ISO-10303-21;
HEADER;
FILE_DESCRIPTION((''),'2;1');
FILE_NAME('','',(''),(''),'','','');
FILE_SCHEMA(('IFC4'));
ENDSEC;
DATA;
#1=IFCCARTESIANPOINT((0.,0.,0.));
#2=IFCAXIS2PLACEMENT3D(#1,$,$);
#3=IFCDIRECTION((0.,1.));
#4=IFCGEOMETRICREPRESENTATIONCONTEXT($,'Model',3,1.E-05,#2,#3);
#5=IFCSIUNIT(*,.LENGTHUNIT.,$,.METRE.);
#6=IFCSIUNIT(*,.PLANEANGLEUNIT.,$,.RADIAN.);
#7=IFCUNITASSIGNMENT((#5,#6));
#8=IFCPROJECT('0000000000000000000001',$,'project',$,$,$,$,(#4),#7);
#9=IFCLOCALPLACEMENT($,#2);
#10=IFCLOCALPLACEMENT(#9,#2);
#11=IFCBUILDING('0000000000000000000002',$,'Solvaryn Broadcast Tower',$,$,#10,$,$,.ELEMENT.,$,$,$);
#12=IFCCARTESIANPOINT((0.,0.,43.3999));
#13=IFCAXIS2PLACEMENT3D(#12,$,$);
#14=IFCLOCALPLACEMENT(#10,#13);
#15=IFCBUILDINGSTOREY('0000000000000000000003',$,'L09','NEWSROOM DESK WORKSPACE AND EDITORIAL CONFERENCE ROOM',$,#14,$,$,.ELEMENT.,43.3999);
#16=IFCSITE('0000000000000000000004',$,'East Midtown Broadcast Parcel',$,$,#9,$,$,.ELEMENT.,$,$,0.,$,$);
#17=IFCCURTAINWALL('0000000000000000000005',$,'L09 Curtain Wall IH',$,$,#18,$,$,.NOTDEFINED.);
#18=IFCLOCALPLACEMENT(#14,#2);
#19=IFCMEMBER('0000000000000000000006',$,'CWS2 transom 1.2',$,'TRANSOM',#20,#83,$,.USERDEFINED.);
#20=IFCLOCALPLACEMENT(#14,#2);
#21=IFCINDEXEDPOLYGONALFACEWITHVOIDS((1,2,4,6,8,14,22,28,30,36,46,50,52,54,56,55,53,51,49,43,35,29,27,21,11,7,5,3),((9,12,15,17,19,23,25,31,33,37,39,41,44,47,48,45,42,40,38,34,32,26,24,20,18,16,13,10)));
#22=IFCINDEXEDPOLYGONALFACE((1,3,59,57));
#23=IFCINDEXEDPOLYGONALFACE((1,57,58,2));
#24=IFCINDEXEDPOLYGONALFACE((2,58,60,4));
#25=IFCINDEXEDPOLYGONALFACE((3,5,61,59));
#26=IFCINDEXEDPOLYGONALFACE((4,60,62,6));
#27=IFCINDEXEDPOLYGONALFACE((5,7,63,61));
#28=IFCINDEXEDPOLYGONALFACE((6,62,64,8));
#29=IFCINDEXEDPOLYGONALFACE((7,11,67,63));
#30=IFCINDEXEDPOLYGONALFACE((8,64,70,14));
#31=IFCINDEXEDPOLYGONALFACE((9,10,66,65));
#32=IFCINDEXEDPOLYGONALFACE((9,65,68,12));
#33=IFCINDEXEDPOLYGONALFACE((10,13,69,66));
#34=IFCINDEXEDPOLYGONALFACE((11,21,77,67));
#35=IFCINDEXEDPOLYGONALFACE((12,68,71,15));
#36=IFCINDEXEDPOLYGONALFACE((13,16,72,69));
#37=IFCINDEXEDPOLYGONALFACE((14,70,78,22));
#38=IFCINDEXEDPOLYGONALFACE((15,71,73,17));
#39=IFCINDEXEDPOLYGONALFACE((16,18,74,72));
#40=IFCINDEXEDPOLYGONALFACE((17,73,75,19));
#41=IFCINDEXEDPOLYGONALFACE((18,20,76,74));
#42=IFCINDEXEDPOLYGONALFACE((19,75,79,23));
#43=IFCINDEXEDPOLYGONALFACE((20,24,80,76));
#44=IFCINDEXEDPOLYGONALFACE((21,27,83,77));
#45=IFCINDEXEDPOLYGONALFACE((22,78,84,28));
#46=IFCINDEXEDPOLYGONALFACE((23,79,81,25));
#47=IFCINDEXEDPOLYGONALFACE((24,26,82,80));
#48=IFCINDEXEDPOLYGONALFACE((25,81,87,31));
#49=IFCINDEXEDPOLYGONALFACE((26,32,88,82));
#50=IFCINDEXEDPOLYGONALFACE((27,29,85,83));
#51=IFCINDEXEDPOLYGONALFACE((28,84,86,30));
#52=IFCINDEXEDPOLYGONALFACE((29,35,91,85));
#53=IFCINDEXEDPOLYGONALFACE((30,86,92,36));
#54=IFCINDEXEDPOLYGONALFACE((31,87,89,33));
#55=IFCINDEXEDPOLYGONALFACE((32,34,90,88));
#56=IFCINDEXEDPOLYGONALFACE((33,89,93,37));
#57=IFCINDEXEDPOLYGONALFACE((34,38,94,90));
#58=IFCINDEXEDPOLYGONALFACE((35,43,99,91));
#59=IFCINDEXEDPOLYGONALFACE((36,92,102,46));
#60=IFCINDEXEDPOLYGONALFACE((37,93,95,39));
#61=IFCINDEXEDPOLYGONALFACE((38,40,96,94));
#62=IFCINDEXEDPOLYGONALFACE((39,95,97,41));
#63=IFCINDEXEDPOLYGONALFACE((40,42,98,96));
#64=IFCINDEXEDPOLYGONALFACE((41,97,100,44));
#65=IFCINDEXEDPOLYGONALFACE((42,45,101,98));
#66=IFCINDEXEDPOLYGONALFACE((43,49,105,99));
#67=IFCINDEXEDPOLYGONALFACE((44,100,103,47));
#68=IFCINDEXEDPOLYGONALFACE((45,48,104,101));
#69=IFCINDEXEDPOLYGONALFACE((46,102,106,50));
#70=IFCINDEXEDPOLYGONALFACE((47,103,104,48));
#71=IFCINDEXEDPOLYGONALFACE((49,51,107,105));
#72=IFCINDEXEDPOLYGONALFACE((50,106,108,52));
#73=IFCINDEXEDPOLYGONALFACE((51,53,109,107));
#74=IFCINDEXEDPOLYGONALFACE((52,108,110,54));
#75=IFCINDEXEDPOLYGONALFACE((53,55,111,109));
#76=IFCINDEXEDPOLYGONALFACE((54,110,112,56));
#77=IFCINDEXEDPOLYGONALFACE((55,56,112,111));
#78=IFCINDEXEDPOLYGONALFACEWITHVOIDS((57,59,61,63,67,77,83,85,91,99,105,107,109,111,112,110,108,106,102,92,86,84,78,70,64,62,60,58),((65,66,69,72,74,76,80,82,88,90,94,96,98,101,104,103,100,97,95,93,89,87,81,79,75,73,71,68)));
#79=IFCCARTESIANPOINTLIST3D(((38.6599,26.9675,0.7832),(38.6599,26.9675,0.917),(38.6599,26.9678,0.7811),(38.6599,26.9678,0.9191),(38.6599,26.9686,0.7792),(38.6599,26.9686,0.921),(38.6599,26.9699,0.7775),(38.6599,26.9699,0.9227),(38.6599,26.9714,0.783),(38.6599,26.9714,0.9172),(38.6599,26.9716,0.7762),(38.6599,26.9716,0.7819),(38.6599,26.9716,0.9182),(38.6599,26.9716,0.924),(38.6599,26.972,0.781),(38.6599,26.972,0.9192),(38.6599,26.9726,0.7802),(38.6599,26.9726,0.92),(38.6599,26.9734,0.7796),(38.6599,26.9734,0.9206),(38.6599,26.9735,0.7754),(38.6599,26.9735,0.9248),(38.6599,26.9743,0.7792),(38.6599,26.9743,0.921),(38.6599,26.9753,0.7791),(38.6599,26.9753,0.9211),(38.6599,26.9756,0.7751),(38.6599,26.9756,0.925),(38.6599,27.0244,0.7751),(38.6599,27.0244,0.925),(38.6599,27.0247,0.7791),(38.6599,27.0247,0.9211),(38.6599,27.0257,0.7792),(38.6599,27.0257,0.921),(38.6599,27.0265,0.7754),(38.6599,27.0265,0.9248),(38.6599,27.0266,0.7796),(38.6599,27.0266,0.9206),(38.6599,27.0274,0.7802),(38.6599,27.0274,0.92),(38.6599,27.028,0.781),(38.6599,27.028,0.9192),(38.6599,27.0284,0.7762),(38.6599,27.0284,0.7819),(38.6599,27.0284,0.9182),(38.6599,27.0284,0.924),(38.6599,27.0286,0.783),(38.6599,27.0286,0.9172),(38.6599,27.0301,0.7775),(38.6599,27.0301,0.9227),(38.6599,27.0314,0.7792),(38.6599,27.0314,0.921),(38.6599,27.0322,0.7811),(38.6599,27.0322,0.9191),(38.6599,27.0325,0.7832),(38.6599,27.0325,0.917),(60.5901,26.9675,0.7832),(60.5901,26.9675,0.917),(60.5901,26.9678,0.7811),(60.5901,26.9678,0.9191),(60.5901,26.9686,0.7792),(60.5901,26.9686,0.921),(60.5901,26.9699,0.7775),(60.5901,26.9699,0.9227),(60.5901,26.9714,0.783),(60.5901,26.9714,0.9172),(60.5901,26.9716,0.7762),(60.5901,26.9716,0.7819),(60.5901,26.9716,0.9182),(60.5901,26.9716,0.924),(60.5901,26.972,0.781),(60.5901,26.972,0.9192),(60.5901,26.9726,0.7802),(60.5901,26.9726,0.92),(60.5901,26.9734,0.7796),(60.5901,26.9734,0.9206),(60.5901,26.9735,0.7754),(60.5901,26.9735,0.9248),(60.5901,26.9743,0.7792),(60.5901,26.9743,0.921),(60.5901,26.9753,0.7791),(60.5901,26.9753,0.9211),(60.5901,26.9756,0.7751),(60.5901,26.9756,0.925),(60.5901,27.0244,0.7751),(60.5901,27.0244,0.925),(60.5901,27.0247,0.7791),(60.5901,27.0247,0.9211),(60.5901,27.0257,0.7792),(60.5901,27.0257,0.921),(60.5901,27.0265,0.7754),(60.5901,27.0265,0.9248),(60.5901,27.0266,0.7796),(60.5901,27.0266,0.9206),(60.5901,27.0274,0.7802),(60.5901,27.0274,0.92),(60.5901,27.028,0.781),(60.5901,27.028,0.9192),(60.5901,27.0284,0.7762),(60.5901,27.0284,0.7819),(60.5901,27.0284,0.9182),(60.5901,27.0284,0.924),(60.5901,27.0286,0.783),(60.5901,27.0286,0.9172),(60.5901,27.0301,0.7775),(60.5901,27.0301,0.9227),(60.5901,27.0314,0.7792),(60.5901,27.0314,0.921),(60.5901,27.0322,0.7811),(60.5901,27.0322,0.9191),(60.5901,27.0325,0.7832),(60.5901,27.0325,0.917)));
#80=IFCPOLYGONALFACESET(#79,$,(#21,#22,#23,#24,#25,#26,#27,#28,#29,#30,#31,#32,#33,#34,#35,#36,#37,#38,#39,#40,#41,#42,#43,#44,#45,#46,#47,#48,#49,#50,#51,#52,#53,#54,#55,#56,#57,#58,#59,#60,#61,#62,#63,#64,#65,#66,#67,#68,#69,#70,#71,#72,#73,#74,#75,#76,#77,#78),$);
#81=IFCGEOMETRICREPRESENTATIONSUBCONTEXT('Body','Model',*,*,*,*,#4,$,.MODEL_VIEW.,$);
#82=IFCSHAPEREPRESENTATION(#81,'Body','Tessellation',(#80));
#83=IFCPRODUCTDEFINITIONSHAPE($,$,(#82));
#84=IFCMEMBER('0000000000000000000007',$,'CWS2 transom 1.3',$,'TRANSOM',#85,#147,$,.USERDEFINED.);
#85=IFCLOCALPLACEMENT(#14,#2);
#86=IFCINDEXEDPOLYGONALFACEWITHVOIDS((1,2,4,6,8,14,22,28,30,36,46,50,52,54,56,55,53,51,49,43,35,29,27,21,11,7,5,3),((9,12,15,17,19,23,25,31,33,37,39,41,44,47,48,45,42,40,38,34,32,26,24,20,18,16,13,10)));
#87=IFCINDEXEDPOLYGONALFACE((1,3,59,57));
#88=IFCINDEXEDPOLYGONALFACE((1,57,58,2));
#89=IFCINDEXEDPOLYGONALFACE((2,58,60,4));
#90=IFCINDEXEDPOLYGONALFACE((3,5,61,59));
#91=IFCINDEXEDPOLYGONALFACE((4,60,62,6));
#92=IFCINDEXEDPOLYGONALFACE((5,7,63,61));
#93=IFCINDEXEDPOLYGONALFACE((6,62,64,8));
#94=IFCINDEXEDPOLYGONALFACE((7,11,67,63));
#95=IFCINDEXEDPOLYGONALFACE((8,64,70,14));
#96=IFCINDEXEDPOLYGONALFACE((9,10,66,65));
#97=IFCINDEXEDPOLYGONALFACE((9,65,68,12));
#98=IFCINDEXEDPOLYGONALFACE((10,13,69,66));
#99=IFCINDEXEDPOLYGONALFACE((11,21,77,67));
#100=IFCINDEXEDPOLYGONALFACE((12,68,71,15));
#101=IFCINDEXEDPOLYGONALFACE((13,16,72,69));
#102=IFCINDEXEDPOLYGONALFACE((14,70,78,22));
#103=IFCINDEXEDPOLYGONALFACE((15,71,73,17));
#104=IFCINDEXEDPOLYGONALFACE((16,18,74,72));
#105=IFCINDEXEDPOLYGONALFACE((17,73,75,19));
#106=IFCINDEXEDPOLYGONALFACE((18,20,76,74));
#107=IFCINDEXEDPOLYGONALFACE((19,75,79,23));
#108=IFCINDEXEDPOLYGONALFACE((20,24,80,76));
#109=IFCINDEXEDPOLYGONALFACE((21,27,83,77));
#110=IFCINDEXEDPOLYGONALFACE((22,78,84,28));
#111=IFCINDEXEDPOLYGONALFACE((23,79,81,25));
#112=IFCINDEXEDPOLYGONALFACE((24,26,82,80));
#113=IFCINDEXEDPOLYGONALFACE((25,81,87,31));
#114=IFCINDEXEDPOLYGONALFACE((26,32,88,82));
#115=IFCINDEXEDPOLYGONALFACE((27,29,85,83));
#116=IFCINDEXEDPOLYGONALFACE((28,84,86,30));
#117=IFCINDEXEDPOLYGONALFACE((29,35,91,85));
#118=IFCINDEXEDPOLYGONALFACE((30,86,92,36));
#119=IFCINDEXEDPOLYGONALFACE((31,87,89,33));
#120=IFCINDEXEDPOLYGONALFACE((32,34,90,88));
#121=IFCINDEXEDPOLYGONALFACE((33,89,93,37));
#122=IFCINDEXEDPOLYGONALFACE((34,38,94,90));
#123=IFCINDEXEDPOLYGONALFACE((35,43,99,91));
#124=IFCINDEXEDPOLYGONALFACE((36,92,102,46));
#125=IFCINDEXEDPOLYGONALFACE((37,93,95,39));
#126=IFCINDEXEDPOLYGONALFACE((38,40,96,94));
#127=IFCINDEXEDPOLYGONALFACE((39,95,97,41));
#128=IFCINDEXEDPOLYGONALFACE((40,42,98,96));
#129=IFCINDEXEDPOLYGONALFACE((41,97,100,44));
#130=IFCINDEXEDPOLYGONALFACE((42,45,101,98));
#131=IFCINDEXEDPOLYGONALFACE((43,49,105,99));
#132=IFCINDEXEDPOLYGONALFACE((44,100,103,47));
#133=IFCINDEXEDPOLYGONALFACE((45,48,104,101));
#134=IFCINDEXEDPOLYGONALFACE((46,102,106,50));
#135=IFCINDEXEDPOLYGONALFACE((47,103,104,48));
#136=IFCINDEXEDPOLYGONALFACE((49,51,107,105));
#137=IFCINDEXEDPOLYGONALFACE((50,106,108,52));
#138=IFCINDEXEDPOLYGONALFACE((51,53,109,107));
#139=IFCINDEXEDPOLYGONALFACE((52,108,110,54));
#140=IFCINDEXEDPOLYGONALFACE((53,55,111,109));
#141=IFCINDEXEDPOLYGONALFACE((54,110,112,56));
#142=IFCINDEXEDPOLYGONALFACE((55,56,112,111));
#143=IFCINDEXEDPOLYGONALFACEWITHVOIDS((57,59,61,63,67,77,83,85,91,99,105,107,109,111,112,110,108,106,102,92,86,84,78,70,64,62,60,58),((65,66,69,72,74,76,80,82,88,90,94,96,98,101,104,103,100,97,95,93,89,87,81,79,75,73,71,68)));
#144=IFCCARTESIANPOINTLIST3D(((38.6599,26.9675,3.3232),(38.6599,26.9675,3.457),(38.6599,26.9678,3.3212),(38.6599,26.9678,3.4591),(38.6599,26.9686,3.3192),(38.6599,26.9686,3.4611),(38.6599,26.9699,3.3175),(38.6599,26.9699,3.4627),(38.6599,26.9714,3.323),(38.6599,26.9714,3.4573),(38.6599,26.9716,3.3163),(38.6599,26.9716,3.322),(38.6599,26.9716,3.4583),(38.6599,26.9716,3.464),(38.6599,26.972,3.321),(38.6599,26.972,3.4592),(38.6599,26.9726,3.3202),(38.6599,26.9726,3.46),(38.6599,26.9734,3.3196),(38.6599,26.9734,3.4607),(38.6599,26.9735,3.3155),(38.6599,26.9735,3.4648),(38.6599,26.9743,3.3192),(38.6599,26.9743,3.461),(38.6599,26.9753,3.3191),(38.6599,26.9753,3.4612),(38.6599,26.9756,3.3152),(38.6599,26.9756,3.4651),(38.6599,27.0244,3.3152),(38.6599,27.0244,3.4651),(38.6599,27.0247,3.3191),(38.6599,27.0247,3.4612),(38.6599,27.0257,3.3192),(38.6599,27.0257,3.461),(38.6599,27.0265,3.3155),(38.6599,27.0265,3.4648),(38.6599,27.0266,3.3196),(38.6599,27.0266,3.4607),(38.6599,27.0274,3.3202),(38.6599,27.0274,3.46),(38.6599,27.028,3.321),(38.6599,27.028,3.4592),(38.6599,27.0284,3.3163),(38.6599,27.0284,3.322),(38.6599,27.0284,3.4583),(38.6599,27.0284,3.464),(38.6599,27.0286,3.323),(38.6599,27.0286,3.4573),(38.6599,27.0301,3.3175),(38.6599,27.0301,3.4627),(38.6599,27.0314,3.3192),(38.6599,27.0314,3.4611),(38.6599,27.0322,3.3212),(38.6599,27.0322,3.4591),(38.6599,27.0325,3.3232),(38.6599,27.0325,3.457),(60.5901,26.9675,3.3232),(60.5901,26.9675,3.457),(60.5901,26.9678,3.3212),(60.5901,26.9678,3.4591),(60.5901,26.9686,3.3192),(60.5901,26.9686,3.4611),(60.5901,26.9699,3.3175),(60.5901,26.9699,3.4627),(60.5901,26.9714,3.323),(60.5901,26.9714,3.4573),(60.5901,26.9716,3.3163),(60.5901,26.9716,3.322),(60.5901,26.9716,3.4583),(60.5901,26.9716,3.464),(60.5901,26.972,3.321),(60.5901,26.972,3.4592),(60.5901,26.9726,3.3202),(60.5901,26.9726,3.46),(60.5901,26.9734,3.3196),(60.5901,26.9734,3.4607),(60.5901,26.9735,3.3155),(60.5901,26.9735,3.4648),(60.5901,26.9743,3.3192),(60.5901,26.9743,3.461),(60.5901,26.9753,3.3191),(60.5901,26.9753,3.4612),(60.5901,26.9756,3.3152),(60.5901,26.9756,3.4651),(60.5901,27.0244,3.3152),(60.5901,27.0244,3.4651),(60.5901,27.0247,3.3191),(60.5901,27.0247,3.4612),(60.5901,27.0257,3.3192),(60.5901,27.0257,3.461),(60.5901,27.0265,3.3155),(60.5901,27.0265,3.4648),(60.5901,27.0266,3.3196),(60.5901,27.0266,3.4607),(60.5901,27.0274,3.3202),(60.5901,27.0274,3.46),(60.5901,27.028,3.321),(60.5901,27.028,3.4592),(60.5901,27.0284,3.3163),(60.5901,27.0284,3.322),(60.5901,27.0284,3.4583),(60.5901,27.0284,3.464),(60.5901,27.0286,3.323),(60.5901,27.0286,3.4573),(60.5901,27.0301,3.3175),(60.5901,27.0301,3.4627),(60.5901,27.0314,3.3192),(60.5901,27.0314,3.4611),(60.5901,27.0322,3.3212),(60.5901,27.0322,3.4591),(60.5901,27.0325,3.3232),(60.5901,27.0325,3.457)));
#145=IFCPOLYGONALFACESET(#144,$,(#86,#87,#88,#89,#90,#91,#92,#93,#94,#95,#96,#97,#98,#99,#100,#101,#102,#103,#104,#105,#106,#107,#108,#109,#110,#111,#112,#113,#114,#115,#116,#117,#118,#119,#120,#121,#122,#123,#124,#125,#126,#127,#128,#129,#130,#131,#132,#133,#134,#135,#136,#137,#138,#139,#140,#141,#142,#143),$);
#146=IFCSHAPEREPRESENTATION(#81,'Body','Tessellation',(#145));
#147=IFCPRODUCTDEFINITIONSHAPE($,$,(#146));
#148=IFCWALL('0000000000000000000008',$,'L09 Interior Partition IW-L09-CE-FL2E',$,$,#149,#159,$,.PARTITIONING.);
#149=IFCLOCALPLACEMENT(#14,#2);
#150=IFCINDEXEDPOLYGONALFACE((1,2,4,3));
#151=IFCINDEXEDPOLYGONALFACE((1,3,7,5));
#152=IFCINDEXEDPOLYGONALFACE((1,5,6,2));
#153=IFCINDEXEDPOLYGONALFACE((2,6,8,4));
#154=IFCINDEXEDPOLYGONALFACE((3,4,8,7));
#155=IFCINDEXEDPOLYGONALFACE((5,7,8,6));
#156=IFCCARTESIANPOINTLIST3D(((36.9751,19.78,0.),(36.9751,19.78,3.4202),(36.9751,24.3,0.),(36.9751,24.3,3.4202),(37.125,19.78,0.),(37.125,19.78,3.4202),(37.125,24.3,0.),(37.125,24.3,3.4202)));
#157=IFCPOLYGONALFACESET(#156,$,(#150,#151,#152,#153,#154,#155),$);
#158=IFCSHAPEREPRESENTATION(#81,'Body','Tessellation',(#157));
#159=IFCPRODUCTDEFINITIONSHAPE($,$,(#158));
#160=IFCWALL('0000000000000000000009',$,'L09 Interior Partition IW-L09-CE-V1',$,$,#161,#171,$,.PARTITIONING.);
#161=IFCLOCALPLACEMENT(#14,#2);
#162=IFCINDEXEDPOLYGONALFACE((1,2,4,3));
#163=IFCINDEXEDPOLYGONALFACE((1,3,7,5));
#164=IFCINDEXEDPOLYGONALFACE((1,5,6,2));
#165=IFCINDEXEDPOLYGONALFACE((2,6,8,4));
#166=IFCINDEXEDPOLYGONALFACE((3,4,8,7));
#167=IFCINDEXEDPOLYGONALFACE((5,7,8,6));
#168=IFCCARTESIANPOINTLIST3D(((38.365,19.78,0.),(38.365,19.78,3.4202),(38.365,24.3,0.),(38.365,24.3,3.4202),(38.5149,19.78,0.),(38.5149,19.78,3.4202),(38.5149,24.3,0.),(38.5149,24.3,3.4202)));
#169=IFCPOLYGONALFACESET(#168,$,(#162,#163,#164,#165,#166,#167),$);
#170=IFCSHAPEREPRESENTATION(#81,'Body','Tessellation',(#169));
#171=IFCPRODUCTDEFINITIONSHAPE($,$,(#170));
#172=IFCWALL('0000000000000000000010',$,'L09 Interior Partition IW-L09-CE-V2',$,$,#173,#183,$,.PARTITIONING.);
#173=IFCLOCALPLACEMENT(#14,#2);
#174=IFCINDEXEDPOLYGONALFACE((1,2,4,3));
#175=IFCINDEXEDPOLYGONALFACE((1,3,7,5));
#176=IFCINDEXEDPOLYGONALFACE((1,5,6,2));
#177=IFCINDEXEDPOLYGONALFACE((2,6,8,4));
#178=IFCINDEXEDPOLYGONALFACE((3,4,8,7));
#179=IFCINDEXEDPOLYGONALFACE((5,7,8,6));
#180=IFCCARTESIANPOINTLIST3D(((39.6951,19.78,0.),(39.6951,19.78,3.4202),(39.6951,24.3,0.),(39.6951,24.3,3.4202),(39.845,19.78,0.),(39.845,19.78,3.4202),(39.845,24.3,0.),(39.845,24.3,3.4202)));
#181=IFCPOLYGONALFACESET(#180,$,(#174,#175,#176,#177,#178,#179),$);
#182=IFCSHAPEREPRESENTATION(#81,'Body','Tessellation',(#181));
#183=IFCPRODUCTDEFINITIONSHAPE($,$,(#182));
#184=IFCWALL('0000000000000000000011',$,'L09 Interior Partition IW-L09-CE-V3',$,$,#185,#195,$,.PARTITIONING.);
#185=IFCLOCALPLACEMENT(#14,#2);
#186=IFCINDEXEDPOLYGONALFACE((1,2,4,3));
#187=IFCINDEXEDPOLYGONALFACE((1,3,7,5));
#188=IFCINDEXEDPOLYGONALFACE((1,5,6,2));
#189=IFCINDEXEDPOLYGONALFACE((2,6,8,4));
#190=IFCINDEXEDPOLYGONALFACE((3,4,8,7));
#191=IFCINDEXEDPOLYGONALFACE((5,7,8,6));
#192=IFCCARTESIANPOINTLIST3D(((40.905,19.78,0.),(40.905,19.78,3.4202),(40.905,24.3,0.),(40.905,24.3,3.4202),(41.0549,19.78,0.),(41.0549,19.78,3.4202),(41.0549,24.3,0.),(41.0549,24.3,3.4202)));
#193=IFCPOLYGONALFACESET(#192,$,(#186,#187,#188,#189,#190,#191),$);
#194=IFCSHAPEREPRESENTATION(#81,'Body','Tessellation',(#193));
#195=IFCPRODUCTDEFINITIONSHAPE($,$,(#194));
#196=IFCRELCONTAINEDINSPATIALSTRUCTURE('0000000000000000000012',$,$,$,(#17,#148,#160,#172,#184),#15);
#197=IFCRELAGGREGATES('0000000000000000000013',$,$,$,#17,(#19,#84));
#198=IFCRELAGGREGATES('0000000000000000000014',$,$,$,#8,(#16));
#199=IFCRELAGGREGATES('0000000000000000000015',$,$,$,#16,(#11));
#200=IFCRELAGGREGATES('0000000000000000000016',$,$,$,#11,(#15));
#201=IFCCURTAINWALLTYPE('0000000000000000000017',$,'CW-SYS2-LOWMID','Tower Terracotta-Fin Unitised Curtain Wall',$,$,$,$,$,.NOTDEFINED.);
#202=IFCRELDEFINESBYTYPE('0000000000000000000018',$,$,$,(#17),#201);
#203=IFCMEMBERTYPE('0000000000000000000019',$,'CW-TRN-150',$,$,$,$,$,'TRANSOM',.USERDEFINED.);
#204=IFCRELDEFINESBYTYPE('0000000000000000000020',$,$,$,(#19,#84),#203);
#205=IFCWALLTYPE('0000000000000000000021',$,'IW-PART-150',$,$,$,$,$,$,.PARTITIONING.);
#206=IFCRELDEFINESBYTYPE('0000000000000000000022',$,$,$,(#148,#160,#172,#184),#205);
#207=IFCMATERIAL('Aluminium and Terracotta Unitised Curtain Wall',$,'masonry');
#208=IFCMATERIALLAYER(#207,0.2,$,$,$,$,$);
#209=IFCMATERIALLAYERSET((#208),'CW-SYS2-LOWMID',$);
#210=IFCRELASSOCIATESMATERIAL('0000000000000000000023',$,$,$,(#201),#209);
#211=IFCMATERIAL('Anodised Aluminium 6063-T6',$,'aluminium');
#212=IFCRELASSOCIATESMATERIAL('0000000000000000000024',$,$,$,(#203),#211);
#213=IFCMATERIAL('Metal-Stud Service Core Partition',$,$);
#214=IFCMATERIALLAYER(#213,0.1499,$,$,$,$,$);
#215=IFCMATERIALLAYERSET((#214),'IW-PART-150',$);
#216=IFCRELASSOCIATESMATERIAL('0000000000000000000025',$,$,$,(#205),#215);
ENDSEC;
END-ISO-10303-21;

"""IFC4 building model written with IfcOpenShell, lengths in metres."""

from ifc_helpers import new_model, si_unit, direction, frame, frame_2d, origin, origin_2d, place, context, subcontext, project, spatial, rectangle, hollow_rectangle, extrude, material, layer, layer_set, material_profile, profile_set, type_object, element, aggregate, save


model = new_model("IFC4")

# Units and contexts
model_context = context("Model", 3, precision=1e-05, world=origin(), true_north=direction((0.0, 1.0)))
body_context = subcontext(model_context, "Body", "Model", "MODEL_VIEW")
ifc_project = project(units=[si_unit("LENGTHUNIT", "METRE"), si_unit("PLANEANGLEUNIT", "RADIAN")], contexts=[model_context])

# Site, building, storey
site_placement = place(None, origin())
site = spatial("IfcSite", under=ifc_project, at=site_placement, Name="East Midtown Broadcast Parcel", CompositionType="ELEMENT", RefElevation=0.0)
building_placement = place(site_placement, origin())
building = spatial("IfcBuilding", under=site, at=building_placement, Name="Solvaryn Broadcast Tower", CompositionType="ELEMENT")
storey_placement = place(building_placement, frame((0.0, 0.0, 43.3999)))
storey = spatial("IfcBuildingStorey", under=building, at=storey_placement, Name="L09", Description="NEWSROOM DESK WORKSPACE AND EDITORIAL CONFERENCE ROOM", CompositionType="ELEMENT", Elevation=43.3999)

# Curtain wall
ifc_material_1 = material(Name="Aluminium and Terracotta Unitised Curtain Wall", Category="masonry")
ifc_layer_1 = layer(ifc_material_1, 0.2)
ifc_layer_set_1 = layer_set([ifc_layer_1], Name="CW-SYS2-LOWMID")
curtain_wall_type = type_object("IfcCurtainWallType", Name="CW-SYS2-LOWMID", Description="Tower Terracotta-Fin Unitised Curtain Wall", PredefinedType="NOTDEFINED", material=ifc_layer_set_1)
curtain_wall_1_placement = place(storey_placement, origin())
curtain_wall_1 = element("IfcCurtainWall", 1, at=curtain_wall_1_placement, inside=storey, type_object=curtain_wall_type, Name="L09 Curtain Wall IH", PredefinedType="NOTDEFINED")

# Members
ifc_material_2 = material(Name="Anodised Aluminium 6063-T6", Category="aluminium")
ifc_material_profile_1 = material_profile(ifc_material_2, hollow_rectangle(XDim=0.0649, YDim=0.1499, WallThickness=0.0039, InnerFilletRadius=0.0039, OuterFilletRadius=0.0081, at=origin_2d()))
ifc_profile_set_1 = profile_set([ifc_material_profile_1], Name="Anodised Aluminium 6063-T6")
member_type_1 = type_object("IfcMemberType", Name="CW-TRN-150", ElementType="TRANSOM", PredefinedType="USERDEFINED", material=ifc_profile_set_1)
member_1_placement = place(storey_placement, frame((38.6599, 27.0, 0.8501), z_axis=(1.0, 0.0, 0.0), x_axis=(0.0, 1.0, 0.0)))
member_1 = element("IfcMember", 2, at=member_1_placement, type_object=member_type_1, Name="CWS2 transom 1.2", ObjectType="TRANSOM", PredefinedType="USERDEFINED", context=body_context, shape_type="SweptSolid", body=[
    extrude(hollow_rectangle(XDim=0.0649, YDim=0.1499, WallThickness=0.0039, InnerFilletRadius=0.0039, OuterFilletRadius=0.0081, at=origin_2d()), origin(), (0.0, 0.0, 1.0), 21.9302),
])
member_2_placement = place(storey_placement, frame((38.6599, 27.0, 3.3901), z_axis=(1.0, 0.0, 0.0), x_axis=(0.0, 1.0, 0.0)))
member_2 = element("IfcMember", 3, at=member_2_placement, type_object=member_type_1, Name="CWS2 transom 1.3", ObjectType="TRANSOM", PredefinedType="USERDEFINED", context=body_context, shape_type="SweptSolid", body=[
    extrude(hollow_rectangle(XDim=0.0649, YDim=0.1499, WallThickness=0.0039, InnerFilletRadius=0.0039, OuterFilletRadius=0.0081, at=origin_2d()), origin(), (0.0, 0.0, 1.0), 21.9302),
])
aggregate(curtain_wall_1, [member_1, member_2])

# Walls
ifc_material_3 = material(Name="Metal-Stud Service Core Partition")
ifc_layer_2 = layer(ifc_material_3, 0.1499)
ifc_layer_set_2 = layer_set([ifc_layer_2], Name="IW-PART-150")
wall_type_1 = type_object("IfcWallType", Name="IW-PART-150", PredefinedType="PARTITIONING", material=ifc_layer_set_2)
for number, where, z_axis, x_axis, name in (
    (4, (37.05, 19.78, 0.0), (0.0, 0.0, 1.0), (0.0, 1.0, 0.0), "L09 Interior Partition IW-L09-CE-FL2E"),
    (5, (38.4399, 19.78, 0.0), (0.0, 0.0, 1.0), (0.0, 1.0, 0.0), "L09 Interior Partition IW-L09-CE-V1"),
    (6, (39.77, 19.78, 0.0), (0.0, 0.0, 1.0), (0.0, 1.0, 0.0), "L09 Interior Partition IW-L09-CE-V2"),
    (7, (40.98, 19.78, 0.0), (0.0, 0.0, 1.0), (0.0, 1.0, 0.0), "L09 Interior Partition IW-L09-CE-V3"),
):
    element("IfcWall", number, at=place(storey_placement, frame(where, z_axis=z_axis, x_axis=x_axis)), inside=storey, type_object=wall_type_1, Name=name, PredefinedType="PARTITIONING", context=body_context, shape_type="SweptSolid", body=[
        extrude(rectangle(XDim=4.52, YDim=0.1499, at=frame_2d((2.26, 0.0))), origin(), (0.0, 0.0, 1.0), 3.4202),
    ])

save(model, "model.ifc")
